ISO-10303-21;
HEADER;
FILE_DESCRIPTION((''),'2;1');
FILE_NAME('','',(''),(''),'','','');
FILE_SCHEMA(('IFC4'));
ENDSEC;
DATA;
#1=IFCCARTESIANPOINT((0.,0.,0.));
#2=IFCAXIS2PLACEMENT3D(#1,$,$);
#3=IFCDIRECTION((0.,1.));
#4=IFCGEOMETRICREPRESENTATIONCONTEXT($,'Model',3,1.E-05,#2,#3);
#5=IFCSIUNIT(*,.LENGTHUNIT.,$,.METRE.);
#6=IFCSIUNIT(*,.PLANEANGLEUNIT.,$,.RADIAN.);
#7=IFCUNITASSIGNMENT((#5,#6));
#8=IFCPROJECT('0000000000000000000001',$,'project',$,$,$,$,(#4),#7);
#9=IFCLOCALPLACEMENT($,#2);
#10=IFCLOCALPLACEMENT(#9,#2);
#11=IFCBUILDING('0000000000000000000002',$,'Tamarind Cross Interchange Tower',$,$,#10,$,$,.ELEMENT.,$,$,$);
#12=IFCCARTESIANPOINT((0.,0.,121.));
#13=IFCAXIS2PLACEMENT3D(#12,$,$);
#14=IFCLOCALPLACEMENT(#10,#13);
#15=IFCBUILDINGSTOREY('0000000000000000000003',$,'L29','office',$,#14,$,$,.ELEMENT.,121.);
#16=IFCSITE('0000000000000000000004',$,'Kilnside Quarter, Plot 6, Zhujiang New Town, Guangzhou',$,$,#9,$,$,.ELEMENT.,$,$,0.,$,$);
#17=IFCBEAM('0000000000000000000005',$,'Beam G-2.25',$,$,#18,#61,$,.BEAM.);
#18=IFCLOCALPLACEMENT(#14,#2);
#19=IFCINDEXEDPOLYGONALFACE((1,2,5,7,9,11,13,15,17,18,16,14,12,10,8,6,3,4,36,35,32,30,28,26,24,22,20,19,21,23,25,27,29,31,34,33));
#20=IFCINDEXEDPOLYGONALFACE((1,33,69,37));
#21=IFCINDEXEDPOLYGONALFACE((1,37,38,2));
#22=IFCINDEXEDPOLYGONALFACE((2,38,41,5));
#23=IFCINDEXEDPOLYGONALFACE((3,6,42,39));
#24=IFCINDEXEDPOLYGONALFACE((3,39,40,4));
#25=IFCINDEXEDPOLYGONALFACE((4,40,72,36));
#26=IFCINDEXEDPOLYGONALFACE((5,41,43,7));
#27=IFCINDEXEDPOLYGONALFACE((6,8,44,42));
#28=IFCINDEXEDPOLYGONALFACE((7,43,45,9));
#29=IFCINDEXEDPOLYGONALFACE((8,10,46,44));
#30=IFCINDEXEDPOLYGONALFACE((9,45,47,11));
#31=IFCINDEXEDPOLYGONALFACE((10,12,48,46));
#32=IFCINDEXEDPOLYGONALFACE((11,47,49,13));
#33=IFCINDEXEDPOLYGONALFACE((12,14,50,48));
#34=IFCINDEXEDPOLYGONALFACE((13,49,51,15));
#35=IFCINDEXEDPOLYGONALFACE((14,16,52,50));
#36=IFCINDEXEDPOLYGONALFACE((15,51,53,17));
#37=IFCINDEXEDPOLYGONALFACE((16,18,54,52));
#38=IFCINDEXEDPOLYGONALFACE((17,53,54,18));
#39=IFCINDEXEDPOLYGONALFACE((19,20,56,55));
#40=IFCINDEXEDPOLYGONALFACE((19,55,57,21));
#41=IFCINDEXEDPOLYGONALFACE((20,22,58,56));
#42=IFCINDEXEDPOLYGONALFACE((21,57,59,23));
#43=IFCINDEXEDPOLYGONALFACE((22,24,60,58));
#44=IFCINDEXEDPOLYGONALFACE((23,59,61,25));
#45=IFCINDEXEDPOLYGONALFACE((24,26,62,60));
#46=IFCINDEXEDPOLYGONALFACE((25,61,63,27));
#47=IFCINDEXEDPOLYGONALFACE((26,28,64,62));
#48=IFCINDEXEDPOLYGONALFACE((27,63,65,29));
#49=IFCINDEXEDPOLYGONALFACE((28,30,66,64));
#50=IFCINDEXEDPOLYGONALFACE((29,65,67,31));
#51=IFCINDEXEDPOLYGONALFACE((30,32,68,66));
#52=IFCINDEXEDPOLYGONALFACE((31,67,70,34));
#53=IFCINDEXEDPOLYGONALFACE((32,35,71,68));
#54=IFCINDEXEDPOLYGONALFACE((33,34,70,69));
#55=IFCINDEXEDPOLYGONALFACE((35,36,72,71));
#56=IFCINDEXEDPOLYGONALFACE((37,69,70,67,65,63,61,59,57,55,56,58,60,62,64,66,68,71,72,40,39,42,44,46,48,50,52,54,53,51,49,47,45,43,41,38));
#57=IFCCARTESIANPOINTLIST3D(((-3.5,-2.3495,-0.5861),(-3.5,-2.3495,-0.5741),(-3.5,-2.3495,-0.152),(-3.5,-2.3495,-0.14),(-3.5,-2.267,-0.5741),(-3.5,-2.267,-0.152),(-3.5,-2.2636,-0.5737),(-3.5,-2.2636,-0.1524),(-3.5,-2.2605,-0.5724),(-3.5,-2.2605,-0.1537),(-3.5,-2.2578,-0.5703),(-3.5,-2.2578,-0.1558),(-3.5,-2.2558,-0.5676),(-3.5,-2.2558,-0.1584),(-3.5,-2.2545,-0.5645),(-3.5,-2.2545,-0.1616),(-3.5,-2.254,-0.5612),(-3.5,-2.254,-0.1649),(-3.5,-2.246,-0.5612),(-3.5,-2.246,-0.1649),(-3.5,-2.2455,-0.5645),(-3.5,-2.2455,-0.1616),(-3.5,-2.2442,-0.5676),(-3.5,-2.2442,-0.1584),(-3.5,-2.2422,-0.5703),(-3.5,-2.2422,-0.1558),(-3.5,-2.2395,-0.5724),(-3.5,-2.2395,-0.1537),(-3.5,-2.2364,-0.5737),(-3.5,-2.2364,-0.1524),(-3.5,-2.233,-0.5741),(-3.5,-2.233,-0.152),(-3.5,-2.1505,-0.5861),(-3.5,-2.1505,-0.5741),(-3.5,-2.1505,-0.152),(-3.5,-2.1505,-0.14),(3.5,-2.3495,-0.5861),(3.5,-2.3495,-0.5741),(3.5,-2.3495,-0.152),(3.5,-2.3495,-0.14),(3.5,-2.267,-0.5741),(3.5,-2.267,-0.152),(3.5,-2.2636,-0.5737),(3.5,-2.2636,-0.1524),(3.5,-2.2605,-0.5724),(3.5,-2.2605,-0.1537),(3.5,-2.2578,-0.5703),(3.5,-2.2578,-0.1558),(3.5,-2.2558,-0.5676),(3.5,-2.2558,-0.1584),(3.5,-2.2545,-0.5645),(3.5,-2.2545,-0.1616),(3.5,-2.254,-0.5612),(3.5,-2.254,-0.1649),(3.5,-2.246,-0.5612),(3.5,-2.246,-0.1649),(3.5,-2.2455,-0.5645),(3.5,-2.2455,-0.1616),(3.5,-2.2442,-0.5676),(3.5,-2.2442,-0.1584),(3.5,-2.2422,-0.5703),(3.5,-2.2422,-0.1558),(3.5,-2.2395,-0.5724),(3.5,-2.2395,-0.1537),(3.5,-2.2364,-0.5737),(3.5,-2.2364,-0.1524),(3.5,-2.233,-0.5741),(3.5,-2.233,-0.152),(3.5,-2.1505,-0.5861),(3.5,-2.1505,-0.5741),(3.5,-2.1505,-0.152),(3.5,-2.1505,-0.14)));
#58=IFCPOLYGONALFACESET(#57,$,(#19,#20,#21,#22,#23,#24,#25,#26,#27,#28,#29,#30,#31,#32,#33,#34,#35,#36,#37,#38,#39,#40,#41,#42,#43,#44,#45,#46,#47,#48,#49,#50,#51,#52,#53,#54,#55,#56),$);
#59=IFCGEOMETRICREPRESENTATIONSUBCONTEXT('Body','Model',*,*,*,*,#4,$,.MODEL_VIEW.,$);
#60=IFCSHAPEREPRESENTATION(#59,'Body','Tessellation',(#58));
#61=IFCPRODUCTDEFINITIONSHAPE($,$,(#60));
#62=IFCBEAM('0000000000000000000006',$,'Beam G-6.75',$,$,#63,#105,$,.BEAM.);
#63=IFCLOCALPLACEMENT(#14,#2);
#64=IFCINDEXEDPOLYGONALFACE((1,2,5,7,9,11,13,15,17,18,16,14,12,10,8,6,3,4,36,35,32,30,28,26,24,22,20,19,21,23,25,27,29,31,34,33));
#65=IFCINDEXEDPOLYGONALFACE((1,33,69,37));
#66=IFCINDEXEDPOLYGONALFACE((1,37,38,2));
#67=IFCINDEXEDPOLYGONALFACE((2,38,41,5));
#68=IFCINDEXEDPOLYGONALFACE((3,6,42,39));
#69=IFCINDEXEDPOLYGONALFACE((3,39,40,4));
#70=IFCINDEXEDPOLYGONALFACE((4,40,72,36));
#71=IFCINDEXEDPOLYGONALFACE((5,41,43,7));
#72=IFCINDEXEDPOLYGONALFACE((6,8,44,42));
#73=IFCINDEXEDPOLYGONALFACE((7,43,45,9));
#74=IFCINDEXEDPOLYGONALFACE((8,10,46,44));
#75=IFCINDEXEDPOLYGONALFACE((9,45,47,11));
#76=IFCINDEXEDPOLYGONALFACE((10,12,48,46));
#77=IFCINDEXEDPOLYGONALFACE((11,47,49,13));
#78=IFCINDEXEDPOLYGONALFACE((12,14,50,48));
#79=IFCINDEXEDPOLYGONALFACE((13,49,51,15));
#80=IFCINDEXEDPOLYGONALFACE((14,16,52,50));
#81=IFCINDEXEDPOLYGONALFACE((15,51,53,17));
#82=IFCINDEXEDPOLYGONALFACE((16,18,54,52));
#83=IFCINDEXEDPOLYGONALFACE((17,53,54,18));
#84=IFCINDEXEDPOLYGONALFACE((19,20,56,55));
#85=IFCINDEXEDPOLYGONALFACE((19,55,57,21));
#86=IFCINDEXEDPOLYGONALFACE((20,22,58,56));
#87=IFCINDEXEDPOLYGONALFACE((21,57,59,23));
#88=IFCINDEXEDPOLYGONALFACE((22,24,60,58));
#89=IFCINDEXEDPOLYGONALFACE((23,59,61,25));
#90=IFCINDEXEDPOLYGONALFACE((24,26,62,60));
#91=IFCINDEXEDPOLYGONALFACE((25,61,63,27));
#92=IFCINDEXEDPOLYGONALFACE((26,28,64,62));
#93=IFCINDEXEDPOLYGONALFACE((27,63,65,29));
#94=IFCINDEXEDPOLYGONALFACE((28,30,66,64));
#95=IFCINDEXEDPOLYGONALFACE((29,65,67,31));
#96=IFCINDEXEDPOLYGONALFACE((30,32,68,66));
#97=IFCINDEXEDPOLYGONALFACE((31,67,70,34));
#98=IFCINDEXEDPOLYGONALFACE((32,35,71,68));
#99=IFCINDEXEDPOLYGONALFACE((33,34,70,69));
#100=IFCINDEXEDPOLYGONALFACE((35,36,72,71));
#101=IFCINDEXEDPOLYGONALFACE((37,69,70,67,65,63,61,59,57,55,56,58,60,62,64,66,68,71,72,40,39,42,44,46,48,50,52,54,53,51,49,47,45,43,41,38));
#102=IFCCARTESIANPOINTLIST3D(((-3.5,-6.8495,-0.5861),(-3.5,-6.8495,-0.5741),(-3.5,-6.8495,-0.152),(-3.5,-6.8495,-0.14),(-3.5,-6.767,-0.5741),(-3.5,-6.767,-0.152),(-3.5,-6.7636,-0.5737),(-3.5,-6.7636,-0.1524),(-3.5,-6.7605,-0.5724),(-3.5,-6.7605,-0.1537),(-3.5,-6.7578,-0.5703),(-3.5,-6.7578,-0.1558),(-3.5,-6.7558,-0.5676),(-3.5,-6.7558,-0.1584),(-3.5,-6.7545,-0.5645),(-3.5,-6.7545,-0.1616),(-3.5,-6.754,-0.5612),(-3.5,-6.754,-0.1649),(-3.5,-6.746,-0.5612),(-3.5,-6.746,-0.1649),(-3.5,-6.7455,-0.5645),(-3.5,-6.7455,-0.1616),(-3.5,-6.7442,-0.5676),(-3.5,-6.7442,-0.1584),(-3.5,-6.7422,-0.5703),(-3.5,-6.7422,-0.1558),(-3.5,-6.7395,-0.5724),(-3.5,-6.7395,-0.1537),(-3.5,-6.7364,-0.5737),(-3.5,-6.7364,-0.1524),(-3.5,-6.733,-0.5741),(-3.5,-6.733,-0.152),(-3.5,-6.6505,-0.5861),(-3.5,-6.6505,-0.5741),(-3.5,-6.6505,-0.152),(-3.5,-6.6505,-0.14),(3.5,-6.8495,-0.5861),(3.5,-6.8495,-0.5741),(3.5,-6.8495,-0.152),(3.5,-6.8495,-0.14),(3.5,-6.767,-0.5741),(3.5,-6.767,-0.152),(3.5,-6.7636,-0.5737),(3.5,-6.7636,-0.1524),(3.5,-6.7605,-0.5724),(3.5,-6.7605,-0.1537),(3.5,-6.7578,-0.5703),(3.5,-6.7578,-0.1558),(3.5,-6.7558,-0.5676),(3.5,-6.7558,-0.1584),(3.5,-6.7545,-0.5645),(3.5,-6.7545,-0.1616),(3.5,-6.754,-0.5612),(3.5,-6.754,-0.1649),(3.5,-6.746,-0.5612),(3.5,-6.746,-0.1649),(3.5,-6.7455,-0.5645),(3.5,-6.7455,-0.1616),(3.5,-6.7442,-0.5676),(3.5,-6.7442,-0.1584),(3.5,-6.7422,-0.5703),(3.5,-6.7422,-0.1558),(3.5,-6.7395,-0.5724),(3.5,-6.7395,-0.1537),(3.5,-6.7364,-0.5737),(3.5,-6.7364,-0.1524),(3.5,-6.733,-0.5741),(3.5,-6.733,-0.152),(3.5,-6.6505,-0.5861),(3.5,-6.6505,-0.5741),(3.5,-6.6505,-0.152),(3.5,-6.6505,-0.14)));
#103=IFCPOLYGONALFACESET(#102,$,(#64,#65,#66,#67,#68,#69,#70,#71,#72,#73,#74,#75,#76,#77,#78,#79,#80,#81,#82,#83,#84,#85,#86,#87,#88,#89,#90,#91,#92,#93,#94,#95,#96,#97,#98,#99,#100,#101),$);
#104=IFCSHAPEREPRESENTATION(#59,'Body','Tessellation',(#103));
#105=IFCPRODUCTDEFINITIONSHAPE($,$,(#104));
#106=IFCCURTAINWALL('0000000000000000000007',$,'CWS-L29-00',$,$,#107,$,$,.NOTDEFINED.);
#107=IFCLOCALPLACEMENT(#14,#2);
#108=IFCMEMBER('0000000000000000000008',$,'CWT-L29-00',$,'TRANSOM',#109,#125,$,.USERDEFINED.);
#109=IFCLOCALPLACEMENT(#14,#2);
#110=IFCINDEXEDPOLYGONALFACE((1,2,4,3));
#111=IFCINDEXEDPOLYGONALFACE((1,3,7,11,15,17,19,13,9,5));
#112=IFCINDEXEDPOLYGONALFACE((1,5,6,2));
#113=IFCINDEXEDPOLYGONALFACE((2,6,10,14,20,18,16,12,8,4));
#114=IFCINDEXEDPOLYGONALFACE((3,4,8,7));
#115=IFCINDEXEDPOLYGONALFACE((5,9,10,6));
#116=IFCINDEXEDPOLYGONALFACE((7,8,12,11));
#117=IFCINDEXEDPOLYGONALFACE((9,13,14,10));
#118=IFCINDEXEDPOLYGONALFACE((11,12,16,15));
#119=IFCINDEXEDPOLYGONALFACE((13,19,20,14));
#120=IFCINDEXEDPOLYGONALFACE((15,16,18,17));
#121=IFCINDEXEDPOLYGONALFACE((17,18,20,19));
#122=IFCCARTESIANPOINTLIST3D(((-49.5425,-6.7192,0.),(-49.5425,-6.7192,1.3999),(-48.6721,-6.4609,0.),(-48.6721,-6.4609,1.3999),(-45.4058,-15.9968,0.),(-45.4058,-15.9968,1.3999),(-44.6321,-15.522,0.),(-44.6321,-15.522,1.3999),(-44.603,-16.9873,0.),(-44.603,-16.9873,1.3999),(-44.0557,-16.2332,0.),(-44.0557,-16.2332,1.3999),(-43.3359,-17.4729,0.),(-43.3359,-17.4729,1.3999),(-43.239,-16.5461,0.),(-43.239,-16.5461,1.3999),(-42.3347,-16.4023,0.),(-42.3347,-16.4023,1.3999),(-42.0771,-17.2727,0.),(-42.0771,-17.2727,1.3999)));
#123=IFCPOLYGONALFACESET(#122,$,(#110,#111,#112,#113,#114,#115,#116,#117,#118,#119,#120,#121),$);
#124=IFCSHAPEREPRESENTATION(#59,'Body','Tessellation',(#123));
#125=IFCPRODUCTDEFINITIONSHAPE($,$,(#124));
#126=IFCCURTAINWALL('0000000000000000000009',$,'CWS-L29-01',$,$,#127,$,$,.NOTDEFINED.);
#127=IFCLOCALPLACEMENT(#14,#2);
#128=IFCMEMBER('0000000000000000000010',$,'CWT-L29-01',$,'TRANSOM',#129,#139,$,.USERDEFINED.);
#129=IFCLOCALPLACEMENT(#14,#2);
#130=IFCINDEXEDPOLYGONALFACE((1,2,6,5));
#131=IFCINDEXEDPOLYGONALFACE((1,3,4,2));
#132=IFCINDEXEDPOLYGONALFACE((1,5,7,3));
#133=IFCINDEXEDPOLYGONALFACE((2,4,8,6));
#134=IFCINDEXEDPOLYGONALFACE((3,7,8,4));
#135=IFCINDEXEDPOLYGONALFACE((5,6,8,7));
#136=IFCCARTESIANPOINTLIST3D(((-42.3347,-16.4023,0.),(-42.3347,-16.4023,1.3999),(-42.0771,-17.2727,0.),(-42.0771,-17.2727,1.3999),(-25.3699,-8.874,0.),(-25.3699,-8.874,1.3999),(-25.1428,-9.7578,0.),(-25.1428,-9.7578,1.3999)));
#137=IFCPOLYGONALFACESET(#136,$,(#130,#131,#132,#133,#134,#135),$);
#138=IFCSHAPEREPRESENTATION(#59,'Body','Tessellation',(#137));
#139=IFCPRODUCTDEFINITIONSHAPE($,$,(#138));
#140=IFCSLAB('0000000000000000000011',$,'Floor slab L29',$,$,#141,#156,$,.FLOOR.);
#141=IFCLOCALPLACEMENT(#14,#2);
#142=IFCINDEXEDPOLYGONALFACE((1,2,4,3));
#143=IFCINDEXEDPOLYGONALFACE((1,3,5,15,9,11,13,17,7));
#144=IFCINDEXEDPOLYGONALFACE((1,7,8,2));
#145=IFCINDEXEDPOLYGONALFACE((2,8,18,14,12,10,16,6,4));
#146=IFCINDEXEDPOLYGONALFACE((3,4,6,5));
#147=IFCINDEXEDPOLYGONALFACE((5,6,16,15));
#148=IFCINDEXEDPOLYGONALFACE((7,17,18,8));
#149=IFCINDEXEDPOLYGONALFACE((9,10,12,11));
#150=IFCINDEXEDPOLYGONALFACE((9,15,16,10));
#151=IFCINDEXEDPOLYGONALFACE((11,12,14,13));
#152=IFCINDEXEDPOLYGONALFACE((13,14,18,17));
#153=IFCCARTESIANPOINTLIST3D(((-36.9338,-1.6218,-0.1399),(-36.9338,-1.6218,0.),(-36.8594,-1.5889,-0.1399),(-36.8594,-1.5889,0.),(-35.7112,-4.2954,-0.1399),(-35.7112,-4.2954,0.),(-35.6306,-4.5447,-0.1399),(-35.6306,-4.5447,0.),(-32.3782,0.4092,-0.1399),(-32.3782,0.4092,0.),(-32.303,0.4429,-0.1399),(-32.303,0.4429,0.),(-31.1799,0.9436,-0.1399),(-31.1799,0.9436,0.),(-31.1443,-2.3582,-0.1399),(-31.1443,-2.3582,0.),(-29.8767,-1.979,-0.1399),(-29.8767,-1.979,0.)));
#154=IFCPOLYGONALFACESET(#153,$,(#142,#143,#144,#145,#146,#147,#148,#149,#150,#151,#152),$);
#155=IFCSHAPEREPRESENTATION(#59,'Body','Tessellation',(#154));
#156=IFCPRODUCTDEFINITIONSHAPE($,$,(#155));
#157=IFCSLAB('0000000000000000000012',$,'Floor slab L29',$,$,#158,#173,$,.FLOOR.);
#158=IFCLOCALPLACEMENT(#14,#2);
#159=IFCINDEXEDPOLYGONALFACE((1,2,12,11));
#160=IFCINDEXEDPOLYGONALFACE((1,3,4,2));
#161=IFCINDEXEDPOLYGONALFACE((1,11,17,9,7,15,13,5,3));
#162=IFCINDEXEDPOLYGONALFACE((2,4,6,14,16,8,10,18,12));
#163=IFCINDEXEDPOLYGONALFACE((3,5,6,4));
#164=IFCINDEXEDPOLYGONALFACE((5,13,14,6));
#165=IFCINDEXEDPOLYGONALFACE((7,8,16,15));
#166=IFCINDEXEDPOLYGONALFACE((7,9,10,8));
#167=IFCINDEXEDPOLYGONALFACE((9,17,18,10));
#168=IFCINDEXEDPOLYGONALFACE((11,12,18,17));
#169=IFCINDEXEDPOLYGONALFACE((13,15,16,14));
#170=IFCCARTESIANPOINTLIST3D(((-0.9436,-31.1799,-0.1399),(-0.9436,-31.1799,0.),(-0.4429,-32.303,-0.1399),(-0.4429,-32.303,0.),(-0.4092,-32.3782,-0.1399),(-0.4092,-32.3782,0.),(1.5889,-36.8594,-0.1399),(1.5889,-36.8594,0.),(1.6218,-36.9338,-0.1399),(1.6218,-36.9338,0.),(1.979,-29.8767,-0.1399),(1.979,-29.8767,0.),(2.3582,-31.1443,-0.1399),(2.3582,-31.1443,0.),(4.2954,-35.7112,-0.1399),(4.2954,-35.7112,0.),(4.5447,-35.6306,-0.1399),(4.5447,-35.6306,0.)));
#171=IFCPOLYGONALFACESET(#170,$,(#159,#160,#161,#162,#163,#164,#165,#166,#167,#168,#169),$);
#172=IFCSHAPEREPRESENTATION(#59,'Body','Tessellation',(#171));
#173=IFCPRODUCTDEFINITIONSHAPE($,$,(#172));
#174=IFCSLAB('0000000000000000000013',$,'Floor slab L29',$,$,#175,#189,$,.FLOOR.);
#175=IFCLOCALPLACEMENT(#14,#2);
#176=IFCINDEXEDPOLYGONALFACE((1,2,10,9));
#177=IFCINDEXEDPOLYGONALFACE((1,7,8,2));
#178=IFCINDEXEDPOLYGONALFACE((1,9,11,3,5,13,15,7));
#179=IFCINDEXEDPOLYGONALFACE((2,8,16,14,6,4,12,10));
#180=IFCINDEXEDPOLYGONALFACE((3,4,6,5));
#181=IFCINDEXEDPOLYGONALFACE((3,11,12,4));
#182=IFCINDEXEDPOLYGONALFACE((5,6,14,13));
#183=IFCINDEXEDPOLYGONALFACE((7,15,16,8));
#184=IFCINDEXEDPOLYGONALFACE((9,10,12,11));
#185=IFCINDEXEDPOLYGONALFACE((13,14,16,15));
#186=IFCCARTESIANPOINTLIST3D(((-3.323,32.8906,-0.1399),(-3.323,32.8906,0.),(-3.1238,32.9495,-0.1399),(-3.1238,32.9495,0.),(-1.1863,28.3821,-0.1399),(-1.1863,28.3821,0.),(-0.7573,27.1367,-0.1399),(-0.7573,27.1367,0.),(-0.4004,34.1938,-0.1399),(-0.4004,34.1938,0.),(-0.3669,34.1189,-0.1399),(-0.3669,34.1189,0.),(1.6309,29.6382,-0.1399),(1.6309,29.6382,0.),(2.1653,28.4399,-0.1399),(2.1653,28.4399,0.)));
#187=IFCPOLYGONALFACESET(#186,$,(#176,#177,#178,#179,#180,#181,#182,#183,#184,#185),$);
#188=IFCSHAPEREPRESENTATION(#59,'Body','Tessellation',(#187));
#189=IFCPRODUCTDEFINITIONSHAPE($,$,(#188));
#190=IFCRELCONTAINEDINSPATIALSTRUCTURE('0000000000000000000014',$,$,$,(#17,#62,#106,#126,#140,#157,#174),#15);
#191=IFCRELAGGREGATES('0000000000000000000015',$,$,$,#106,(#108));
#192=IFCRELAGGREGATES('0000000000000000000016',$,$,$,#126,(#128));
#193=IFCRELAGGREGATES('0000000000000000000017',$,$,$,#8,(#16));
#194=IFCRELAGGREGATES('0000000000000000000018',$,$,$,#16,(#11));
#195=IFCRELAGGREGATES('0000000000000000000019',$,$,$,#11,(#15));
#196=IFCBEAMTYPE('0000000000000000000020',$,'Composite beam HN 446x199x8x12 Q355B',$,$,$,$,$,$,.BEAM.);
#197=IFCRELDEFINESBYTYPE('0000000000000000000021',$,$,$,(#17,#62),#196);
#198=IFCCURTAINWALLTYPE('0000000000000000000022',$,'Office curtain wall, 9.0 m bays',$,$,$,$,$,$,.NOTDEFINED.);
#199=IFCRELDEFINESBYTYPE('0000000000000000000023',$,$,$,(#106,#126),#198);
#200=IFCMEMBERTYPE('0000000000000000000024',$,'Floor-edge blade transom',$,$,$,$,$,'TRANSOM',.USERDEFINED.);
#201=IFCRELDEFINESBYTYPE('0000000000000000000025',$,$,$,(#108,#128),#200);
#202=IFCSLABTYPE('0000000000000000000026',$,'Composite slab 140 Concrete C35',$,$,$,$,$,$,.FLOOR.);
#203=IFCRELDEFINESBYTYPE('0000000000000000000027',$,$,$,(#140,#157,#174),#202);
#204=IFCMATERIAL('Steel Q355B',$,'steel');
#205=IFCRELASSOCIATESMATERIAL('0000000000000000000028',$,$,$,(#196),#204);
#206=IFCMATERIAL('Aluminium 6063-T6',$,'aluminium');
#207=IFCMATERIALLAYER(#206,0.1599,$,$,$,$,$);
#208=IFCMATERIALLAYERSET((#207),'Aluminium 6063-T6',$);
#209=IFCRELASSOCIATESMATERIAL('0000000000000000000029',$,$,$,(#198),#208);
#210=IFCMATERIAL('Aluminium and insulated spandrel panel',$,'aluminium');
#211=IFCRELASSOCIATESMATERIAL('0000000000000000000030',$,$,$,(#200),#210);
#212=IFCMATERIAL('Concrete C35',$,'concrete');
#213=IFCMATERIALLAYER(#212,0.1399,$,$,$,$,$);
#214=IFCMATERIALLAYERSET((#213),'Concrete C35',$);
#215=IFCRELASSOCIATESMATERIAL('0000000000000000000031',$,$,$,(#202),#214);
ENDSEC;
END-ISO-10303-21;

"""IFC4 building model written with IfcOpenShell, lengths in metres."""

from ifc_helpers import new_model, si_unit, direction, frame, origin, origin_2d, place, context, subcontext, project, spatial, polyline, i_section, outline, extrude, material, layer, layer_set, material_profile, profile_set, type_object, element, aggregate, save


model = new_model("IFC4")

# Units and contexts
model_context = context("Model", 3, precision=1e-05, world=origin(), true_north=direction((0.0, 1.0)))
body_context = subcontext(model_context, "Body", "Model", "MODEL_VIEW")
ifc_project = project(units=[si_unit("LENGTHUNIT", "METRE"), si_unit("PLANEANGLEUNIT", "RADIAN")], contexts=[model_context])

# Site, building, storey
site_placement = place(None, origin())
site = spatial("IfcSite", under=ifc_project, at=site_placement, Name="Kilnside Quarter, Plot 6, Zhujiang New Town, Guangzhou", CompositionType="ELEMENT", RefElevation=0.0)
building_placement = place(site_placement, origin())
building = spatial("IfcBuilding", under=site, at=building_placement, Name="Tamarind Cross Interchange Tower", CompositionType="ELEMENT")
storey_placement = place(building_placement, frame((0.0, 0.0, 121.0)))
storey = spatial("IfcBuildingStorey", under=building, at=storey_placement, Name="L29", Description="office", CompositionType="ELEMENT", Elevation=121.0)

# Beams
ifc_material_1 = material(Name="Steel Q355B", Category="steel")
ifc_material_profile = material_profile(ifc_material_1, i_section(OverallWidth=0.199, OverallDepth=0.446, WebThickness=0.0081, FlangeThickness=0.012, FilletRadius=0.0129, at=origin_2d()), Name="HN 446x199x8x12")
ifc_profile_set = profile_set([ifc_material_profile], Name="Steel Q355B")
beam_type = type_object("IfcBeamType", Name="Composite beam HN 446x199x8x12 Q355B", PredefinedType="BEAM", material=ifc_profile_set)
for number, where, z_axis, x_axis, name in (
    (1, (-3.5, -2.25, -0.363), (1.0, 0.0, 0.0), (0.0, 1.0, 0.0), "Beam G-2.25"),
    (2, (-3.5, -6.75, -0.363), (1.0, 0.0, 0.0), (0.0, 1.0, 0.0), "Beam G-6.75"),
):
    element("IfcBeam", number, at=place(storey_placement, frame(where, z_axis=z_axis, x_axis=x_axis)), inside=storey, type_object=beam_type, Name=name, PredefinedType="BEAM", context=body_context, shape_type="SweptSolid", body=[
        extrude(i_section(OverallWidth=0.199, OverallDepth=0.446, WebThickness=0.0081, FlangeThickness=0.012, FilletRadius=0.0129, at=origin_2d()), origin(), (0.0, 0.0, 1.0), 7.0),
    ])

# Curtain walls, members
ifc_material_2 = material(Name="Aluminium 6063-T6", Category="aluminium")
ifc_layer_1 = layer(ifc_material_2, 0.1599)
ifc_layer_set_1 = layer_set([ifc_layer_1], Name="Aluminium 6063-T6")
curtain_wall_type = type_object("IfcCurtainWallType", Name="Office curtain wall, 9.0 m bays", PredefinedType="NOTDEFINED", material=ifc_layer_set_1)
curtain_wall_1_placement = place(storey_placement, origin())
curtain_wall_1 = element("IfcCurtainWall", 3, at=curtain_wall_1_placement, inside=storey, type_object=curtain_wall_type, Name="CWS-L29-00", PredefinedType="NOTDEFINED")
ifc_material_3 = material(Name="Aluminium and insulated spandrel panel", Category="aluminium")
member_type = type_object("IfcMemberType", Name="Floor-edge blade transom", ElementType="TRANSOM", PredefinedType="USERDEFINED", material=ifc_material_3)
member_1_placement = place(storey_placement, origin())
member_1 = element("IfcMember", 4, at=member_1_placement, type_object=member_type, Name="CWT-L29-00", ObjectType="TRANSOM", PredefinedType="USERDEFINED", context=body_context, shape_type="SweptSolid", body=[
    extrude(outline(polyline([(-48.6721, -6.4609), (-44.6321, -15.522), (-44.0557, -16.2332), (-43.239, -16.5461), (-42.3347, -16.4023), (-42.0771, -17.2727), (-43.3359, -17.4729), (-44.603, -16.9873), (-45.4058, -15.9968), (-49.5425, -6.7192), (-48.6721, -6.4609)])), origin(), (0.0, 0.0, 1.0), 1.3999),
])
curtain_wall_2_placement = place(storey_placement, origin())
curtain_wall_2 = element("IfcCurtainWall", 5, at=curtain_wall_2_placement, inside=storey, type_object=curtain_wall_type, Name="CWS-L29-01", PredefinedType="NOTDEFINED")
member_2_placement = place(storey_placement, origin())
member_2 = element("IfcMember", 6, at=member_2_placement, type_object=member_type, Name="CWT-L29-01", ObjectType="TRANSOM", PredefinedType="USERDEFINED", context=body_context, shape_type="SweptSolid", body=[
    extrude(outline(polyline([(-42.3347, -16.4023), (-25.3699, -8.874), (-25.1428, -9.7578), (-42.0771, -17.2727), (-42.3347, -16.4023)])), origin(), (0.0, 0.0, 1.0), 1.3999),
])

# Slabs
ifc_material_4 = material(Name="Concrete C35", Category="concrete")
ifc_layer_2 = layer(ifc_material_4, 0.1399)
ifc_layer_set_2 = layer_set([ifc_layer_2], Name="Concrete C35")
slab_type = type_object("IfcSlabType", Name="Composite slab 140 Concrete C35", PredefinedType="FLOOR", material=ifc_layer_set_2)
slab_1_placement = place(storey_placement, frame((0.0, 0.0, -0.1399)))
element("IfcSlab", 7, at=slab_1_placement, inside=storey, type_object=slab_type, Name="Floor slab L29", PredefinedType="FLOOR", context=body_context, shape_type="SweptSolid", body=[
    extrude(outline(polyline([(-29.8767, -1.979), (-31.1799, 0.9436), (-32.303, 0.4429), (-32.3782, 0.4092), (-31.1443, -2.3582), (-35.7112, -4.2954), (-36.8594, -1.5889), (-36.9338, -1.6218), (-35.6306, -4.5447), (-29.8767, -1.979)])), origin(), (0.0, 0.0, 1.0), 0.1399),
])
slab_2_placement = place(storey_placement, frame((0.0, 0.0, -0.1399)))
element("IfcSlab", 8, at=slab_2_placement, inside=storey, type_object=slab_type, Name="Floor slab L29", PredefinedType="FLOOR", context=body_context, shape_type="SweptSolid", body=[
    extrude(outline(polyline([(1.979, -29.8767), (-0.9436, -31.1799), (-0.4429, -32.303), (-0.4092, -32.3782), (2.3582, -31.1443), (4.2954, -35.7112), (1.5889, -36.8594), (1.6218, -36.9338), (4.5447, -35.6306), (1.979, -29.8767)])), origin(), (0.0, 0.0, 1.0), 0.1399),
])
slab_3_placement = place(storey_placement, frame((0.0, 0.0, -0.1399)))
element("IfcSlab", 9, at=slab_3_placement, inside=storey, type_object=slab_type, Name="Floor slab L29", PredefinedType="FLOOR", context=body_context, shape_type="SweptSolid", body=[
    extrude(outline(polyline([(-3.1238, 32.9495), (-0.3669, 34.1189), (-0.4004, 34.1938), (-3.323, 32.8906), (-0.7573, 27.1367), (2.1653, 28.4399), (1.6309, 29.6382), (-1.1863, 28.3821), (-3.1238, 32.9495)])), origin(), (0.0, 0.0, 1.0), 0.1399),
])

aggregate(curtain_wall_1, [member_1])
aggregate(curtain_wall_2, [member_2])

save(model, "model.ifc")
